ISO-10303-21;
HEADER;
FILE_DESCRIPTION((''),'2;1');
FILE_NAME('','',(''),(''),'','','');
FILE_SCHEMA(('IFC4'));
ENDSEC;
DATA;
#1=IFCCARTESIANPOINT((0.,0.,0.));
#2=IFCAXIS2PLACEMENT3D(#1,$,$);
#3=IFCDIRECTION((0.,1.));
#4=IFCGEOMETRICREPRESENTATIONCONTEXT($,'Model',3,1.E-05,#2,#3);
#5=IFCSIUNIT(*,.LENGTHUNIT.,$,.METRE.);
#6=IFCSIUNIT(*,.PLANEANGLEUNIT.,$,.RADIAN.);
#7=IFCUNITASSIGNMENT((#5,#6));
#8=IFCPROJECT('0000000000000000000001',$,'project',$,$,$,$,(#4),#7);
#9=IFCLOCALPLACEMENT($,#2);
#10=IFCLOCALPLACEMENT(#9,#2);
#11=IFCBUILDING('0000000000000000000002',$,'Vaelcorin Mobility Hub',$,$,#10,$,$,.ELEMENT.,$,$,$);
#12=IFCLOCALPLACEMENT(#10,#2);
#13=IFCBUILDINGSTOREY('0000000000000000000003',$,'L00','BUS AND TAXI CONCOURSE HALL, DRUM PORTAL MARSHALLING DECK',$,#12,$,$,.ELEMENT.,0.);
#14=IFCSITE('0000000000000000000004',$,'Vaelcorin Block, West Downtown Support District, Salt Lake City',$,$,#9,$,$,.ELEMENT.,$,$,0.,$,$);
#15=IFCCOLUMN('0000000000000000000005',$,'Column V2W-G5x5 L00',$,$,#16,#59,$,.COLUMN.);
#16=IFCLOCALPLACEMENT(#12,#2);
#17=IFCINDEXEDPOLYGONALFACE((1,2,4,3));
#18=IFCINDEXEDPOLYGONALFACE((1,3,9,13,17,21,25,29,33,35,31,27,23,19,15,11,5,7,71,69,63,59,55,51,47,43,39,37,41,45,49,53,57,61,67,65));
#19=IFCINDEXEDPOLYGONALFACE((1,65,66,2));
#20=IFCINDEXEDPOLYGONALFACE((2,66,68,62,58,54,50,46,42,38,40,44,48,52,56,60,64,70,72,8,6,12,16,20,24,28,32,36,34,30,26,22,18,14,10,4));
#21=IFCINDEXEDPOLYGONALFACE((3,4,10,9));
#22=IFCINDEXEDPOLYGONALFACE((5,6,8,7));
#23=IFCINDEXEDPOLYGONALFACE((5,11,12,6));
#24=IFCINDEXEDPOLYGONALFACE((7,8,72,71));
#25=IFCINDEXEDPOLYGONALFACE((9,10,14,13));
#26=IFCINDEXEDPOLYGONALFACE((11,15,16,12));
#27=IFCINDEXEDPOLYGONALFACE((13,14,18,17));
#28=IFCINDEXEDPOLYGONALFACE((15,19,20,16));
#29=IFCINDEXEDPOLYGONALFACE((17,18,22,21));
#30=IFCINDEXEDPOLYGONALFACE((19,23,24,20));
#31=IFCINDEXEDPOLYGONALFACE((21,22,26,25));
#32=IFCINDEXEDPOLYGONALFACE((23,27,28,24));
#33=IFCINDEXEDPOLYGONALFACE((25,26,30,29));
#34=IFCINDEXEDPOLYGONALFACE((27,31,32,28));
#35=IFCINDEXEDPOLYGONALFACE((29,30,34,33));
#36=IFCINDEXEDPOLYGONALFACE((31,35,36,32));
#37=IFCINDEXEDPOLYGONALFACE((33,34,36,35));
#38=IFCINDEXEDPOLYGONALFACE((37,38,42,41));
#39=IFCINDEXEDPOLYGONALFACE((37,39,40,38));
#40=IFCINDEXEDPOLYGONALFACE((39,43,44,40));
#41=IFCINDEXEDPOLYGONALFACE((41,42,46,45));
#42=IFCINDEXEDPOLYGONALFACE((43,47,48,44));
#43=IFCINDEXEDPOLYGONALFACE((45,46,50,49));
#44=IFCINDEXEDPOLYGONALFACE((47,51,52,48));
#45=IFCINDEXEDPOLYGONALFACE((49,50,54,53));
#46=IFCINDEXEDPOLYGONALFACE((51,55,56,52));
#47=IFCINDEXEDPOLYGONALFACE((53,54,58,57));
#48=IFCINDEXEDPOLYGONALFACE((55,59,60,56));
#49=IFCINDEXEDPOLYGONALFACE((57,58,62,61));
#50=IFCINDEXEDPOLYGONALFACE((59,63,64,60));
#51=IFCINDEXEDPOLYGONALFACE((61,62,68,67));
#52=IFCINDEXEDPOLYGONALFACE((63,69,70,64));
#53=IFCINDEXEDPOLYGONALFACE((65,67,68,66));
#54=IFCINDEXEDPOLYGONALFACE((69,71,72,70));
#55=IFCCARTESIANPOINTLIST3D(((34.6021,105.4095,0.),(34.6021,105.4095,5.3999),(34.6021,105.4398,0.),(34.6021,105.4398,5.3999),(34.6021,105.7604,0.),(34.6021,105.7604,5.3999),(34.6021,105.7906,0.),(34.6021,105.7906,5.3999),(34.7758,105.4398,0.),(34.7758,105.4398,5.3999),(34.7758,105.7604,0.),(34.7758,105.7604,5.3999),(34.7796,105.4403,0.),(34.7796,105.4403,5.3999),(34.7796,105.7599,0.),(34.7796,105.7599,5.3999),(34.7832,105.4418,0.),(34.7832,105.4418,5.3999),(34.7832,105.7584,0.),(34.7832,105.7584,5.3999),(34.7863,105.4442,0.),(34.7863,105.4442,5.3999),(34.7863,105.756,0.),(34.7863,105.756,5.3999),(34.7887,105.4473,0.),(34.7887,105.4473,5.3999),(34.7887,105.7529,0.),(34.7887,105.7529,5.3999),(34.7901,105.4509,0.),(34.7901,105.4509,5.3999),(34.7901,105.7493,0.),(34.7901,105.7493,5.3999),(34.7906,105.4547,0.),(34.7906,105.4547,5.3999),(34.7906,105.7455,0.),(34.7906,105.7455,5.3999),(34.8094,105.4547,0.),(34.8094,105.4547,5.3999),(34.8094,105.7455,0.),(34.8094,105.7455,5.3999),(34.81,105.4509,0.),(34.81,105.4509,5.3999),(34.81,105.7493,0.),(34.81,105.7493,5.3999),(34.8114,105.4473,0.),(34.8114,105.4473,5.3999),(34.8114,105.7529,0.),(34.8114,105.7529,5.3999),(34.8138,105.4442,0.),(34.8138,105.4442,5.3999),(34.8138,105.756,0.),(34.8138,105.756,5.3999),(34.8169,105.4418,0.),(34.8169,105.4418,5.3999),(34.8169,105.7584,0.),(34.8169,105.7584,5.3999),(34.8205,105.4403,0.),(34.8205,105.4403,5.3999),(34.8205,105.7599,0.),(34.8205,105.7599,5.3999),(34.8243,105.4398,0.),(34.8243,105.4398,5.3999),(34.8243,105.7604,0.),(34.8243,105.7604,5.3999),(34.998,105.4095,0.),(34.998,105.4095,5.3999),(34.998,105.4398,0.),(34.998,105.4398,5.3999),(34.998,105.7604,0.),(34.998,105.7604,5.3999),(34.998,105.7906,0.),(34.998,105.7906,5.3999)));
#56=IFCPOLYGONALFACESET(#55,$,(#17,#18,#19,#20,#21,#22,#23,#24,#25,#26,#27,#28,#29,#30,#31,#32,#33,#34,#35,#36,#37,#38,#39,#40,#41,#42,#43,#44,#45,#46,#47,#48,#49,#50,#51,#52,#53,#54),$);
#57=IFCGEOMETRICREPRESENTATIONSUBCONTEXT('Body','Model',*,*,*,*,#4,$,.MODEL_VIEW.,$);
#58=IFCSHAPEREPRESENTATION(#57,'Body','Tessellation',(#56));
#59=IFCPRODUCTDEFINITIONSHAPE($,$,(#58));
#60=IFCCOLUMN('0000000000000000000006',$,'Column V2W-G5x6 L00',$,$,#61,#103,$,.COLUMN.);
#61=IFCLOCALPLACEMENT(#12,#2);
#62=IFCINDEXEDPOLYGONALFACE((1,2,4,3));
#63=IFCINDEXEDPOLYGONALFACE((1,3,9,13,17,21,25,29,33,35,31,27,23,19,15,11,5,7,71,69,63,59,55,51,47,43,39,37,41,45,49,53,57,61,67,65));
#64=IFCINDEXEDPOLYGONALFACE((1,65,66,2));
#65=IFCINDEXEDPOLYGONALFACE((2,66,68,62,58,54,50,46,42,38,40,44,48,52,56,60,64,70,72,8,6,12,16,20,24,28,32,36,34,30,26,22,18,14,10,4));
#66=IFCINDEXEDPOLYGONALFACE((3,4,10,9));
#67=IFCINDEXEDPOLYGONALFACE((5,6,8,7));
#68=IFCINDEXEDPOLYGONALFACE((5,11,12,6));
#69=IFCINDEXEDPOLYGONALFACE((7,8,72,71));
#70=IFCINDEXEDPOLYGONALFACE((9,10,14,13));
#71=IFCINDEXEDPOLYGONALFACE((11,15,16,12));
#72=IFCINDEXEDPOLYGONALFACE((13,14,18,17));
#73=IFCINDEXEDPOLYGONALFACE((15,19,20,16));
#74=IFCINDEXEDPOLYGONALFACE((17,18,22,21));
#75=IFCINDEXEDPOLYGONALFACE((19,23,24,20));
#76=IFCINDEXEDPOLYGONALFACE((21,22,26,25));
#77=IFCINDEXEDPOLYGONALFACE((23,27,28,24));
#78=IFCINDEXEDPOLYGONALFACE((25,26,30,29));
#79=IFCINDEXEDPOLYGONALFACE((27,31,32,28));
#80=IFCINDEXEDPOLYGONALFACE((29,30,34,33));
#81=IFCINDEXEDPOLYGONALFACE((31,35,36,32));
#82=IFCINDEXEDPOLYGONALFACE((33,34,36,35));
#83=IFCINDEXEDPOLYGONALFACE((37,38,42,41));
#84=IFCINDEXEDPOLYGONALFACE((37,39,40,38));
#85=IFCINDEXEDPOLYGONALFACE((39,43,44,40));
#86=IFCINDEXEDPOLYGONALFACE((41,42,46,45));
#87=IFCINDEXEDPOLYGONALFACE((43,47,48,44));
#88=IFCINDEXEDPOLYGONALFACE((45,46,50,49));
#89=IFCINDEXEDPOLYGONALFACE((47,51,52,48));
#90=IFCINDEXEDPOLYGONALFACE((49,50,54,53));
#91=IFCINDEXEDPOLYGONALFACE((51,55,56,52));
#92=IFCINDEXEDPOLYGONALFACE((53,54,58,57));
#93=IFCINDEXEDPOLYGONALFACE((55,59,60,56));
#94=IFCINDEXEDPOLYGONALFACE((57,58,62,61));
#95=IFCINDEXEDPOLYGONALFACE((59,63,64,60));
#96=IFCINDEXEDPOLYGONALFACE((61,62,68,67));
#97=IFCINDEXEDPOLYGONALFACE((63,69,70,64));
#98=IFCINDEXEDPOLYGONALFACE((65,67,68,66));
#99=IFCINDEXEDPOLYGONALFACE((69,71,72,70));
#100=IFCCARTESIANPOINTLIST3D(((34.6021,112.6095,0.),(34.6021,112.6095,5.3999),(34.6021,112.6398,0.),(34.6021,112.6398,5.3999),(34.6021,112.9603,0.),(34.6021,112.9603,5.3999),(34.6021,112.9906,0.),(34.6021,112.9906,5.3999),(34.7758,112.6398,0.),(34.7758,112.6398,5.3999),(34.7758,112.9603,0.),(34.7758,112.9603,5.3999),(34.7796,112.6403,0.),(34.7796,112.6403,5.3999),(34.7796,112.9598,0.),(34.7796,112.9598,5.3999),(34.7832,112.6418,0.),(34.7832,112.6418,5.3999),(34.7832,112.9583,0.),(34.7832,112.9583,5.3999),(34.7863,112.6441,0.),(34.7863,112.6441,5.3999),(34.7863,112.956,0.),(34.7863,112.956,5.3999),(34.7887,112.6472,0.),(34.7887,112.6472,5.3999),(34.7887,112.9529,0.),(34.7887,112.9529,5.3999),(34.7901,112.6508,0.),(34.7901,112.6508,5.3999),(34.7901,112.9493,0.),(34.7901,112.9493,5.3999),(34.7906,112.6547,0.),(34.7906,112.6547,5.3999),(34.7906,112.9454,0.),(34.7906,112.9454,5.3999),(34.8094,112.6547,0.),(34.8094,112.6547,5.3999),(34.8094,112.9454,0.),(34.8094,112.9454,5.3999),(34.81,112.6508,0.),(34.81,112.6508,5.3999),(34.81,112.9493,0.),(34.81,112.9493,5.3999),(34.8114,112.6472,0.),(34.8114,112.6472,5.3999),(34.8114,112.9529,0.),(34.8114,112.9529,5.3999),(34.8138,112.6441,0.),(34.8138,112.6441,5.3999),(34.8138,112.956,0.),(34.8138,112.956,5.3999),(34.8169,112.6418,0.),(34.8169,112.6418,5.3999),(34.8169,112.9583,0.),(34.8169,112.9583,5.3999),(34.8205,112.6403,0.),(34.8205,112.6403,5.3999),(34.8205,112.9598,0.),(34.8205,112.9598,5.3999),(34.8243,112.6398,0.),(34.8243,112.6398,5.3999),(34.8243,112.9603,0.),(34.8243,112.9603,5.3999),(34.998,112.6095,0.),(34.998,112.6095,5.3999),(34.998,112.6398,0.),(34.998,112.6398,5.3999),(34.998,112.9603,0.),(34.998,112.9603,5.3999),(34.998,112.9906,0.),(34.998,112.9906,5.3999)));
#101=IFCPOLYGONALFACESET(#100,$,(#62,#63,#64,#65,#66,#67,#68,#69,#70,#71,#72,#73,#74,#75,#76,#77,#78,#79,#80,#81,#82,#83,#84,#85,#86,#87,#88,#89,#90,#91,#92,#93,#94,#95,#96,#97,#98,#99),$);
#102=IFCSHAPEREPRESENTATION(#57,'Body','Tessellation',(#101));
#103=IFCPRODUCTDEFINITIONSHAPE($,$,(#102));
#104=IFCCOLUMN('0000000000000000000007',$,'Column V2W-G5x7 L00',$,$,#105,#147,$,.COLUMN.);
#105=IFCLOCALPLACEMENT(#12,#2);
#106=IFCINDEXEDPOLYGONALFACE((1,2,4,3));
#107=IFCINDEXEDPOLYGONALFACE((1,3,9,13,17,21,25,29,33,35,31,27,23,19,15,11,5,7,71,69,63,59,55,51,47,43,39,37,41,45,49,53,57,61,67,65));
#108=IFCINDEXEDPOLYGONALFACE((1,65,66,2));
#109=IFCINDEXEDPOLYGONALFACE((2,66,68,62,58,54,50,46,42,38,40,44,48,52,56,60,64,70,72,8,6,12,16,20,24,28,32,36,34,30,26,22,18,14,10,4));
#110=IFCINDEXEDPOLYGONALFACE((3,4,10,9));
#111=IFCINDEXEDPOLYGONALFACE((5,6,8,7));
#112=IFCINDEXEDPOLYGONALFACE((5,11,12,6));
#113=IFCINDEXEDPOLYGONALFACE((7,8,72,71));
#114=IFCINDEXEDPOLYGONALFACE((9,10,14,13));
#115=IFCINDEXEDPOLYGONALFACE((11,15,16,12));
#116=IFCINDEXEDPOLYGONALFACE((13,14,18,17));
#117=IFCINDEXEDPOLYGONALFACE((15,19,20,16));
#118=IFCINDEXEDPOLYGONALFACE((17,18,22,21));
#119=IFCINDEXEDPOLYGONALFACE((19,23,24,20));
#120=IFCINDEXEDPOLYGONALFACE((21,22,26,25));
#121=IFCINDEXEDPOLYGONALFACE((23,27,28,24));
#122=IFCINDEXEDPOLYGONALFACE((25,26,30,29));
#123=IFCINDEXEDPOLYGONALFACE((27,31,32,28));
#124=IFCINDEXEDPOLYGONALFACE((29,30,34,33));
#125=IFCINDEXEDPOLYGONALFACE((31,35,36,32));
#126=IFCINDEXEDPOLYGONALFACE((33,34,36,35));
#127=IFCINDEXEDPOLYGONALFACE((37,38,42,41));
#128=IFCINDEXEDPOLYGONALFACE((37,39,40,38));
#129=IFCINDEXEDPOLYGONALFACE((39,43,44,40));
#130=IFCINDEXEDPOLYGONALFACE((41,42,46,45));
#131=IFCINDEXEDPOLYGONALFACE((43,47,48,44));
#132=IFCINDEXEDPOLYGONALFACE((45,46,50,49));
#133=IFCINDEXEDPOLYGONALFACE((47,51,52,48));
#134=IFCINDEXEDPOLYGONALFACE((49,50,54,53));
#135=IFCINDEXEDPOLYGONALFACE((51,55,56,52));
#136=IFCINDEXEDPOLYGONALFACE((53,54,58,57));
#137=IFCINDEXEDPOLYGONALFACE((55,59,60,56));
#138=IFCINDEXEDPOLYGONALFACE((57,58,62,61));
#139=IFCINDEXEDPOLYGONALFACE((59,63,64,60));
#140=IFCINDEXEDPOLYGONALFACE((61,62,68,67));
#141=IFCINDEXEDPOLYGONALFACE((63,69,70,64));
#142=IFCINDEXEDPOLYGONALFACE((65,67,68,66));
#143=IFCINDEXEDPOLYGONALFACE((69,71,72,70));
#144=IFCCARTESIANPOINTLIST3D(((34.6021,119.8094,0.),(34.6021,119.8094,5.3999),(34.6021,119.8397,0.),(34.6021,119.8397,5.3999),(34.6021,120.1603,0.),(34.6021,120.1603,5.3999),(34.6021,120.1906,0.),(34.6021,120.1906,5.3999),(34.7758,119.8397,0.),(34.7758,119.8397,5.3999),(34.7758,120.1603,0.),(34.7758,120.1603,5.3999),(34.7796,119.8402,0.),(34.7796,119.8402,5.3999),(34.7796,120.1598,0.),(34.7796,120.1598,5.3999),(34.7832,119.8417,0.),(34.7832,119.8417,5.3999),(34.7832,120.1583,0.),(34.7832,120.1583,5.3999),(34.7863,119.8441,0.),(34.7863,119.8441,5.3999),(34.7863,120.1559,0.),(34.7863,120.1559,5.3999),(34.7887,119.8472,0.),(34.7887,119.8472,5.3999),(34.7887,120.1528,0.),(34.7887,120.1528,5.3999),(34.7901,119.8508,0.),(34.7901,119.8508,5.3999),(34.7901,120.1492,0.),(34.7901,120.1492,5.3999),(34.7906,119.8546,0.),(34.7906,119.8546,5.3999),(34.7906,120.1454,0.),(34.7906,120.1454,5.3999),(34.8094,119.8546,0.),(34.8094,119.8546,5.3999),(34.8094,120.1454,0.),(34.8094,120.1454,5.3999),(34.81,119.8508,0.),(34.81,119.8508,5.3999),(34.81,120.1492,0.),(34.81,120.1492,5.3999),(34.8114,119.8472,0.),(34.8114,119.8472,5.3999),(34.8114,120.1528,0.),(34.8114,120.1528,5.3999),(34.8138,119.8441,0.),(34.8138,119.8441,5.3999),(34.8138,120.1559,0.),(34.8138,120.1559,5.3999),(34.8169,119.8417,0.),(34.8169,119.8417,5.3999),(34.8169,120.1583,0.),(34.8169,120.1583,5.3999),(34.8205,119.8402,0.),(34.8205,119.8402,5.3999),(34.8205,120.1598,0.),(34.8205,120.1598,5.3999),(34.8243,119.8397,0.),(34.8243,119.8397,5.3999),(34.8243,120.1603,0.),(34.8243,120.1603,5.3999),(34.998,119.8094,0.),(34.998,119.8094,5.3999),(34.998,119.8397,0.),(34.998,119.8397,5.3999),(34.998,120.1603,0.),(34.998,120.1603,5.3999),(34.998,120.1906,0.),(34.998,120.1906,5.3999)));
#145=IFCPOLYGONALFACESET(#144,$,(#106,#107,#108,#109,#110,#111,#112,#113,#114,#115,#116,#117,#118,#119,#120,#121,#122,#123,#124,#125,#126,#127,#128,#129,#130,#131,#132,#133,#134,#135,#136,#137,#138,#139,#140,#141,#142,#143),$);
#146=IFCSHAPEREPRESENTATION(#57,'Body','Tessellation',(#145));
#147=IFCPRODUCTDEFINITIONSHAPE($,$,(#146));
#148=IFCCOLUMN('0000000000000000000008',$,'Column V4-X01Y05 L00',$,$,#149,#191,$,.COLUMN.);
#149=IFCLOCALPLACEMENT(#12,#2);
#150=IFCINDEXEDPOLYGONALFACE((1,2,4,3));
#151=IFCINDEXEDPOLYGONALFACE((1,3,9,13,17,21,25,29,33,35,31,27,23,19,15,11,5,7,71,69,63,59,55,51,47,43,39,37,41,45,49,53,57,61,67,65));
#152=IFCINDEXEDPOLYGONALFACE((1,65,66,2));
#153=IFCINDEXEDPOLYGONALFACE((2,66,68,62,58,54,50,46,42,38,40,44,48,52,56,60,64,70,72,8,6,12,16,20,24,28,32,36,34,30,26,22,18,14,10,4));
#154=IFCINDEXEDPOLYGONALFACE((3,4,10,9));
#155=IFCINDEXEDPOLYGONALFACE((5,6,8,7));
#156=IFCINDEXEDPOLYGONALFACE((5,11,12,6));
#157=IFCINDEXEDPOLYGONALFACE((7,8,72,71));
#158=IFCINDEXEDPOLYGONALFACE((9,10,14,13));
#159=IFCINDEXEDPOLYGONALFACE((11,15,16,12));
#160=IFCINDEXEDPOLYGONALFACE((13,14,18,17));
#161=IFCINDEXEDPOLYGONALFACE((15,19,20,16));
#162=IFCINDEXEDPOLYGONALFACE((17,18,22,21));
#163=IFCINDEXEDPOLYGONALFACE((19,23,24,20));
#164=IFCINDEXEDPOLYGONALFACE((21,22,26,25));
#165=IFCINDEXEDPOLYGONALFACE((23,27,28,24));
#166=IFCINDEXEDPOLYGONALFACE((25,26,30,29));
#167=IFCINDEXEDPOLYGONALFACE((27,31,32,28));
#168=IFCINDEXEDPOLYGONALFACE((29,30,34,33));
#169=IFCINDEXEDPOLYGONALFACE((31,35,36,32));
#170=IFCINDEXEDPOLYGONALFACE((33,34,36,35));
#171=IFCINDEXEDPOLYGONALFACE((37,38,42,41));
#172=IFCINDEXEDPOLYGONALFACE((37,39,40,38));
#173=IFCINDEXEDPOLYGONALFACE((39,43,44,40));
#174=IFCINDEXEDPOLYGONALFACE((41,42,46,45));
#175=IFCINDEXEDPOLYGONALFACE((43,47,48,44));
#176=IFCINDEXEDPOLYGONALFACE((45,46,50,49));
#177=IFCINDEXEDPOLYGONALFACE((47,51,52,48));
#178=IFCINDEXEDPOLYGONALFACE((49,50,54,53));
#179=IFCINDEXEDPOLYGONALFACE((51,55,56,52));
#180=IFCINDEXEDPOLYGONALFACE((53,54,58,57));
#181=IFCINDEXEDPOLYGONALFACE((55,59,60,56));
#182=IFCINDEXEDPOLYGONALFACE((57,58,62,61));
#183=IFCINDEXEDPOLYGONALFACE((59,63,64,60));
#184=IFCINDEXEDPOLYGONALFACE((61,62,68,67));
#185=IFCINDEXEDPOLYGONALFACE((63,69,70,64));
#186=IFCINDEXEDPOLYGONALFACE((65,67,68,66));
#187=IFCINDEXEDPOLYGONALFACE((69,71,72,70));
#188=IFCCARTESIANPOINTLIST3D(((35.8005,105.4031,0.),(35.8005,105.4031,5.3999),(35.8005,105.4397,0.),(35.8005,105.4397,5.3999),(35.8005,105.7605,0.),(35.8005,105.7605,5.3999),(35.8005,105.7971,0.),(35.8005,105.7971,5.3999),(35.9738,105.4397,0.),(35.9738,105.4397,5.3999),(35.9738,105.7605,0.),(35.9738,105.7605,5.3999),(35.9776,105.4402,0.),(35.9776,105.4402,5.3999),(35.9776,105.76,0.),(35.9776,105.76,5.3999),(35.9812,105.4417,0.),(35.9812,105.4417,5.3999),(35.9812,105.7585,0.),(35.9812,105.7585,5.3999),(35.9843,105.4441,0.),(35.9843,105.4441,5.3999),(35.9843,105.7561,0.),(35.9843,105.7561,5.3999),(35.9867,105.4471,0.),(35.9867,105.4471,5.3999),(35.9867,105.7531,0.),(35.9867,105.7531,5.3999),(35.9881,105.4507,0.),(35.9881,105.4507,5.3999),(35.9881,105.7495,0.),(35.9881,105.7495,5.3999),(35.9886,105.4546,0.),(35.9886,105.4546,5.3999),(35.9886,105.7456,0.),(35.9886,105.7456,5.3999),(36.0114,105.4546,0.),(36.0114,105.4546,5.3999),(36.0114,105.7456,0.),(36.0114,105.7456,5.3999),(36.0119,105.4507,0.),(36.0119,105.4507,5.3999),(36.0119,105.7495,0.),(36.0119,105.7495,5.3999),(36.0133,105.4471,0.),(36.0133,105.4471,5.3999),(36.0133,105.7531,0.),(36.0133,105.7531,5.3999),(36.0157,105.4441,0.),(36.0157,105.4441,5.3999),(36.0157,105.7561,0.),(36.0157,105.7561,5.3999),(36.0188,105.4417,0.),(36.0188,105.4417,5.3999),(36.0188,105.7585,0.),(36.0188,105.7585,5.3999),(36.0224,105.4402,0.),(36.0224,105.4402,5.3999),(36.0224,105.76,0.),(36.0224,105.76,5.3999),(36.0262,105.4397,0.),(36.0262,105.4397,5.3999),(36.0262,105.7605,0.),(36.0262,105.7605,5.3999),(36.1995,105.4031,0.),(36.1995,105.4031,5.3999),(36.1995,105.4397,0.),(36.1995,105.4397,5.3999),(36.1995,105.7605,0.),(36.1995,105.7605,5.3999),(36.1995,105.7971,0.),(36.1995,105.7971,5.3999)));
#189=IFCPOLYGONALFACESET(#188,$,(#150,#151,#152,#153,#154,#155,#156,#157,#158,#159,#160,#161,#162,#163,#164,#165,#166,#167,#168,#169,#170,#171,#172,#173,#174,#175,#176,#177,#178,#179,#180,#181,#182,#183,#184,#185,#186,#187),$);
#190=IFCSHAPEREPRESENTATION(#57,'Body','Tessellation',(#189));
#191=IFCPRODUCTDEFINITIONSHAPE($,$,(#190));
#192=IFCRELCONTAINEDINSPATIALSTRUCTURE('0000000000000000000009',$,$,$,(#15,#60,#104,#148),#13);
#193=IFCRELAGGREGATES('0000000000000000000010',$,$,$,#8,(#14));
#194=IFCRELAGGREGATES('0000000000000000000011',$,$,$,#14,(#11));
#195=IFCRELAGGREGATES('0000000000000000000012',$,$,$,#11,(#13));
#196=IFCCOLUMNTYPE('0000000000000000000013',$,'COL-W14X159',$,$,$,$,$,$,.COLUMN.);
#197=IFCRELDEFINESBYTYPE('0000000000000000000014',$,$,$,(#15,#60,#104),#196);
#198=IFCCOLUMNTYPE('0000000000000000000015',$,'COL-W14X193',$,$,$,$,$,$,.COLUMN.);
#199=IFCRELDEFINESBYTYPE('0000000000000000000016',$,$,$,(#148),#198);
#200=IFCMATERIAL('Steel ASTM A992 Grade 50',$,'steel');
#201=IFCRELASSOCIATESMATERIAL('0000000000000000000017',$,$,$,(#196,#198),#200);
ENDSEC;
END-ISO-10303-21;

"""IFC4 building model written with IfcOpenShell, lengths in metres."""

from ifc_helpers import new_model, si_unit, direction, frame, origin, origin_2d, place, context, subcontext, project, spatial, i_section, extrude, material, material_profile, profile_set, type_object, element, save


model = new_model("IFC4")

# Units and contexts
model_context = context("Model", 3, precision=1e-05, world=origin(), true_north=direction((0.0, 1.0)))
body_context = subcontext(model_context, "Body", "Model", "MODEL_VIEW")
ifc_project = project(units=[si_unit("LENGTHUNIT", "METRE"), si_unit("PLANEANGLEUNIT", "RADIAN")], contexts=[model_context])

# Site, building, storey
site_placement = place(None, origin())
site = spatial("IfcSite", under=ifc_project, at=site_placement, Name="Vaelcorin Block, West Downtown Support District, Salt Lake City", CompositionType="ELEMENT", RefElevation=0.0)
building_placement = place(site_placement, origin())
building = spatial("IfcBuilding", under=site, at=building_placement, Name="Vaelcorin Mobility Hub", CompositionType="ELEMENT")
storey_placement = place(building_placement, origin())
storey = spatial("IfcBuildingStorey", under=building, at=storey_placement, Name="L00", Description="BUS AND TAXI CONCOURSE HALL, DRUM PORTAL MARSHALLING DECK", CompositionType="ELEMENT", Elevation=0.0)

# Columns
ifc_material_1 = material(Name="Steel ASTM A992 Grade 50", Category="steel")
ifc_material_profile_1 = material_profile(ifc_material_1, i_section(OverallWidth=0.396, OverallDepth=0.3811, WebThickness=0.0188, FlangeThickness=0.0303, FilletRadius=0.0149, at=origin_2d()), Name="W14X159")
ifc_profile_set_1 = profile_set([ifc_material_profile_1], Name="Steel ASTM A992 Grade 50")
column_type_1 = type_object("IfcColumnType", Name="COL-W14X159", PredefinedType="COLUMN", material=ifc_profile_set_1)
for number, where, z_axis, x_axis, name in (
    (1, (34.8, 105.6001, 0.0), (0.0, 0.0, 1.0), (1.0, 0.0, 0.0), "Column V2W-G5x5 L00"),
    (2, (34.8, 112.8, 0.0), (0.0, 0.0, 1.0), (1.0, 0.0, 0.0), "Column V2W-G5x6 L00"),
    (3, (34.8, 120.0, 0.0), (0.0, 0.0, 1.0), (1.0, 0.0, 0.0), "Column V2W-G5x7 L00"),
):
    element("IfcColumn", number, at=place(storey_placement, frame(where, z_axis=z_axis, x_axis=x_axis)), inside=storey, type_object=column_type_1, Name=name, PredefinedType="COLUMN", context=body_context, shape_type="SweptSolid", body=[
        extrude(i_section(OverallWidth=0.396, OverallDepth=0.3811, WebThickness=0.0188, FlangeThickness=0.0303, FilletRadius=0.0149, at=origin_2d()), origin(), (0.0, 0.0, 1.0), 5.3999),
    ])
ifc_material_profile_2 = material_profile(ifc_material_1, i_section(OverallWidth=0.3989, OverallDepth=0.394, WebThickness=0.0227, FlangeThickness=0.0366, FilletRadius=0.0149, at=origin_2d()), Name="W14X193")
ifc_profile_set_2 = profile_set([ifc_material_profile_2], Name="Steel ASTM A992 Grade 50")
column_type_2 = type_object("IfcColumnType", Name="COL-W14X193", PredefinedType="COLUMN", material=ifc_profile_set_2)
for number, where, z_axis, x_axis, name in (
    (4, (36.0, 105.6001, 0.0), (0.0, 0.0, 1.0), (1.0, 0.0, 0.0), "Column V4-X01Y05 L00"),
):
    element("IfcColumn", number, at=place(storey_placement, frame(where, z_axis=z_axis, x_axis=x_axis)), inside=storey, type_object=column_type_2, Name=name, PredefinedType="COLUMN", context=body_context, shape_type="SweptSolid", body=[
        extrude(i_section(OverallWidth=0.3989, OverallDepth=0.394, WebThickness=0.0227, FlangeThickness=0.0366, FilletRadius=0.0149, at=origin_2d()), origin(), (0.0, 0.0, 1.0), 5.3999),
    ])

save(model, "model.ifc")
